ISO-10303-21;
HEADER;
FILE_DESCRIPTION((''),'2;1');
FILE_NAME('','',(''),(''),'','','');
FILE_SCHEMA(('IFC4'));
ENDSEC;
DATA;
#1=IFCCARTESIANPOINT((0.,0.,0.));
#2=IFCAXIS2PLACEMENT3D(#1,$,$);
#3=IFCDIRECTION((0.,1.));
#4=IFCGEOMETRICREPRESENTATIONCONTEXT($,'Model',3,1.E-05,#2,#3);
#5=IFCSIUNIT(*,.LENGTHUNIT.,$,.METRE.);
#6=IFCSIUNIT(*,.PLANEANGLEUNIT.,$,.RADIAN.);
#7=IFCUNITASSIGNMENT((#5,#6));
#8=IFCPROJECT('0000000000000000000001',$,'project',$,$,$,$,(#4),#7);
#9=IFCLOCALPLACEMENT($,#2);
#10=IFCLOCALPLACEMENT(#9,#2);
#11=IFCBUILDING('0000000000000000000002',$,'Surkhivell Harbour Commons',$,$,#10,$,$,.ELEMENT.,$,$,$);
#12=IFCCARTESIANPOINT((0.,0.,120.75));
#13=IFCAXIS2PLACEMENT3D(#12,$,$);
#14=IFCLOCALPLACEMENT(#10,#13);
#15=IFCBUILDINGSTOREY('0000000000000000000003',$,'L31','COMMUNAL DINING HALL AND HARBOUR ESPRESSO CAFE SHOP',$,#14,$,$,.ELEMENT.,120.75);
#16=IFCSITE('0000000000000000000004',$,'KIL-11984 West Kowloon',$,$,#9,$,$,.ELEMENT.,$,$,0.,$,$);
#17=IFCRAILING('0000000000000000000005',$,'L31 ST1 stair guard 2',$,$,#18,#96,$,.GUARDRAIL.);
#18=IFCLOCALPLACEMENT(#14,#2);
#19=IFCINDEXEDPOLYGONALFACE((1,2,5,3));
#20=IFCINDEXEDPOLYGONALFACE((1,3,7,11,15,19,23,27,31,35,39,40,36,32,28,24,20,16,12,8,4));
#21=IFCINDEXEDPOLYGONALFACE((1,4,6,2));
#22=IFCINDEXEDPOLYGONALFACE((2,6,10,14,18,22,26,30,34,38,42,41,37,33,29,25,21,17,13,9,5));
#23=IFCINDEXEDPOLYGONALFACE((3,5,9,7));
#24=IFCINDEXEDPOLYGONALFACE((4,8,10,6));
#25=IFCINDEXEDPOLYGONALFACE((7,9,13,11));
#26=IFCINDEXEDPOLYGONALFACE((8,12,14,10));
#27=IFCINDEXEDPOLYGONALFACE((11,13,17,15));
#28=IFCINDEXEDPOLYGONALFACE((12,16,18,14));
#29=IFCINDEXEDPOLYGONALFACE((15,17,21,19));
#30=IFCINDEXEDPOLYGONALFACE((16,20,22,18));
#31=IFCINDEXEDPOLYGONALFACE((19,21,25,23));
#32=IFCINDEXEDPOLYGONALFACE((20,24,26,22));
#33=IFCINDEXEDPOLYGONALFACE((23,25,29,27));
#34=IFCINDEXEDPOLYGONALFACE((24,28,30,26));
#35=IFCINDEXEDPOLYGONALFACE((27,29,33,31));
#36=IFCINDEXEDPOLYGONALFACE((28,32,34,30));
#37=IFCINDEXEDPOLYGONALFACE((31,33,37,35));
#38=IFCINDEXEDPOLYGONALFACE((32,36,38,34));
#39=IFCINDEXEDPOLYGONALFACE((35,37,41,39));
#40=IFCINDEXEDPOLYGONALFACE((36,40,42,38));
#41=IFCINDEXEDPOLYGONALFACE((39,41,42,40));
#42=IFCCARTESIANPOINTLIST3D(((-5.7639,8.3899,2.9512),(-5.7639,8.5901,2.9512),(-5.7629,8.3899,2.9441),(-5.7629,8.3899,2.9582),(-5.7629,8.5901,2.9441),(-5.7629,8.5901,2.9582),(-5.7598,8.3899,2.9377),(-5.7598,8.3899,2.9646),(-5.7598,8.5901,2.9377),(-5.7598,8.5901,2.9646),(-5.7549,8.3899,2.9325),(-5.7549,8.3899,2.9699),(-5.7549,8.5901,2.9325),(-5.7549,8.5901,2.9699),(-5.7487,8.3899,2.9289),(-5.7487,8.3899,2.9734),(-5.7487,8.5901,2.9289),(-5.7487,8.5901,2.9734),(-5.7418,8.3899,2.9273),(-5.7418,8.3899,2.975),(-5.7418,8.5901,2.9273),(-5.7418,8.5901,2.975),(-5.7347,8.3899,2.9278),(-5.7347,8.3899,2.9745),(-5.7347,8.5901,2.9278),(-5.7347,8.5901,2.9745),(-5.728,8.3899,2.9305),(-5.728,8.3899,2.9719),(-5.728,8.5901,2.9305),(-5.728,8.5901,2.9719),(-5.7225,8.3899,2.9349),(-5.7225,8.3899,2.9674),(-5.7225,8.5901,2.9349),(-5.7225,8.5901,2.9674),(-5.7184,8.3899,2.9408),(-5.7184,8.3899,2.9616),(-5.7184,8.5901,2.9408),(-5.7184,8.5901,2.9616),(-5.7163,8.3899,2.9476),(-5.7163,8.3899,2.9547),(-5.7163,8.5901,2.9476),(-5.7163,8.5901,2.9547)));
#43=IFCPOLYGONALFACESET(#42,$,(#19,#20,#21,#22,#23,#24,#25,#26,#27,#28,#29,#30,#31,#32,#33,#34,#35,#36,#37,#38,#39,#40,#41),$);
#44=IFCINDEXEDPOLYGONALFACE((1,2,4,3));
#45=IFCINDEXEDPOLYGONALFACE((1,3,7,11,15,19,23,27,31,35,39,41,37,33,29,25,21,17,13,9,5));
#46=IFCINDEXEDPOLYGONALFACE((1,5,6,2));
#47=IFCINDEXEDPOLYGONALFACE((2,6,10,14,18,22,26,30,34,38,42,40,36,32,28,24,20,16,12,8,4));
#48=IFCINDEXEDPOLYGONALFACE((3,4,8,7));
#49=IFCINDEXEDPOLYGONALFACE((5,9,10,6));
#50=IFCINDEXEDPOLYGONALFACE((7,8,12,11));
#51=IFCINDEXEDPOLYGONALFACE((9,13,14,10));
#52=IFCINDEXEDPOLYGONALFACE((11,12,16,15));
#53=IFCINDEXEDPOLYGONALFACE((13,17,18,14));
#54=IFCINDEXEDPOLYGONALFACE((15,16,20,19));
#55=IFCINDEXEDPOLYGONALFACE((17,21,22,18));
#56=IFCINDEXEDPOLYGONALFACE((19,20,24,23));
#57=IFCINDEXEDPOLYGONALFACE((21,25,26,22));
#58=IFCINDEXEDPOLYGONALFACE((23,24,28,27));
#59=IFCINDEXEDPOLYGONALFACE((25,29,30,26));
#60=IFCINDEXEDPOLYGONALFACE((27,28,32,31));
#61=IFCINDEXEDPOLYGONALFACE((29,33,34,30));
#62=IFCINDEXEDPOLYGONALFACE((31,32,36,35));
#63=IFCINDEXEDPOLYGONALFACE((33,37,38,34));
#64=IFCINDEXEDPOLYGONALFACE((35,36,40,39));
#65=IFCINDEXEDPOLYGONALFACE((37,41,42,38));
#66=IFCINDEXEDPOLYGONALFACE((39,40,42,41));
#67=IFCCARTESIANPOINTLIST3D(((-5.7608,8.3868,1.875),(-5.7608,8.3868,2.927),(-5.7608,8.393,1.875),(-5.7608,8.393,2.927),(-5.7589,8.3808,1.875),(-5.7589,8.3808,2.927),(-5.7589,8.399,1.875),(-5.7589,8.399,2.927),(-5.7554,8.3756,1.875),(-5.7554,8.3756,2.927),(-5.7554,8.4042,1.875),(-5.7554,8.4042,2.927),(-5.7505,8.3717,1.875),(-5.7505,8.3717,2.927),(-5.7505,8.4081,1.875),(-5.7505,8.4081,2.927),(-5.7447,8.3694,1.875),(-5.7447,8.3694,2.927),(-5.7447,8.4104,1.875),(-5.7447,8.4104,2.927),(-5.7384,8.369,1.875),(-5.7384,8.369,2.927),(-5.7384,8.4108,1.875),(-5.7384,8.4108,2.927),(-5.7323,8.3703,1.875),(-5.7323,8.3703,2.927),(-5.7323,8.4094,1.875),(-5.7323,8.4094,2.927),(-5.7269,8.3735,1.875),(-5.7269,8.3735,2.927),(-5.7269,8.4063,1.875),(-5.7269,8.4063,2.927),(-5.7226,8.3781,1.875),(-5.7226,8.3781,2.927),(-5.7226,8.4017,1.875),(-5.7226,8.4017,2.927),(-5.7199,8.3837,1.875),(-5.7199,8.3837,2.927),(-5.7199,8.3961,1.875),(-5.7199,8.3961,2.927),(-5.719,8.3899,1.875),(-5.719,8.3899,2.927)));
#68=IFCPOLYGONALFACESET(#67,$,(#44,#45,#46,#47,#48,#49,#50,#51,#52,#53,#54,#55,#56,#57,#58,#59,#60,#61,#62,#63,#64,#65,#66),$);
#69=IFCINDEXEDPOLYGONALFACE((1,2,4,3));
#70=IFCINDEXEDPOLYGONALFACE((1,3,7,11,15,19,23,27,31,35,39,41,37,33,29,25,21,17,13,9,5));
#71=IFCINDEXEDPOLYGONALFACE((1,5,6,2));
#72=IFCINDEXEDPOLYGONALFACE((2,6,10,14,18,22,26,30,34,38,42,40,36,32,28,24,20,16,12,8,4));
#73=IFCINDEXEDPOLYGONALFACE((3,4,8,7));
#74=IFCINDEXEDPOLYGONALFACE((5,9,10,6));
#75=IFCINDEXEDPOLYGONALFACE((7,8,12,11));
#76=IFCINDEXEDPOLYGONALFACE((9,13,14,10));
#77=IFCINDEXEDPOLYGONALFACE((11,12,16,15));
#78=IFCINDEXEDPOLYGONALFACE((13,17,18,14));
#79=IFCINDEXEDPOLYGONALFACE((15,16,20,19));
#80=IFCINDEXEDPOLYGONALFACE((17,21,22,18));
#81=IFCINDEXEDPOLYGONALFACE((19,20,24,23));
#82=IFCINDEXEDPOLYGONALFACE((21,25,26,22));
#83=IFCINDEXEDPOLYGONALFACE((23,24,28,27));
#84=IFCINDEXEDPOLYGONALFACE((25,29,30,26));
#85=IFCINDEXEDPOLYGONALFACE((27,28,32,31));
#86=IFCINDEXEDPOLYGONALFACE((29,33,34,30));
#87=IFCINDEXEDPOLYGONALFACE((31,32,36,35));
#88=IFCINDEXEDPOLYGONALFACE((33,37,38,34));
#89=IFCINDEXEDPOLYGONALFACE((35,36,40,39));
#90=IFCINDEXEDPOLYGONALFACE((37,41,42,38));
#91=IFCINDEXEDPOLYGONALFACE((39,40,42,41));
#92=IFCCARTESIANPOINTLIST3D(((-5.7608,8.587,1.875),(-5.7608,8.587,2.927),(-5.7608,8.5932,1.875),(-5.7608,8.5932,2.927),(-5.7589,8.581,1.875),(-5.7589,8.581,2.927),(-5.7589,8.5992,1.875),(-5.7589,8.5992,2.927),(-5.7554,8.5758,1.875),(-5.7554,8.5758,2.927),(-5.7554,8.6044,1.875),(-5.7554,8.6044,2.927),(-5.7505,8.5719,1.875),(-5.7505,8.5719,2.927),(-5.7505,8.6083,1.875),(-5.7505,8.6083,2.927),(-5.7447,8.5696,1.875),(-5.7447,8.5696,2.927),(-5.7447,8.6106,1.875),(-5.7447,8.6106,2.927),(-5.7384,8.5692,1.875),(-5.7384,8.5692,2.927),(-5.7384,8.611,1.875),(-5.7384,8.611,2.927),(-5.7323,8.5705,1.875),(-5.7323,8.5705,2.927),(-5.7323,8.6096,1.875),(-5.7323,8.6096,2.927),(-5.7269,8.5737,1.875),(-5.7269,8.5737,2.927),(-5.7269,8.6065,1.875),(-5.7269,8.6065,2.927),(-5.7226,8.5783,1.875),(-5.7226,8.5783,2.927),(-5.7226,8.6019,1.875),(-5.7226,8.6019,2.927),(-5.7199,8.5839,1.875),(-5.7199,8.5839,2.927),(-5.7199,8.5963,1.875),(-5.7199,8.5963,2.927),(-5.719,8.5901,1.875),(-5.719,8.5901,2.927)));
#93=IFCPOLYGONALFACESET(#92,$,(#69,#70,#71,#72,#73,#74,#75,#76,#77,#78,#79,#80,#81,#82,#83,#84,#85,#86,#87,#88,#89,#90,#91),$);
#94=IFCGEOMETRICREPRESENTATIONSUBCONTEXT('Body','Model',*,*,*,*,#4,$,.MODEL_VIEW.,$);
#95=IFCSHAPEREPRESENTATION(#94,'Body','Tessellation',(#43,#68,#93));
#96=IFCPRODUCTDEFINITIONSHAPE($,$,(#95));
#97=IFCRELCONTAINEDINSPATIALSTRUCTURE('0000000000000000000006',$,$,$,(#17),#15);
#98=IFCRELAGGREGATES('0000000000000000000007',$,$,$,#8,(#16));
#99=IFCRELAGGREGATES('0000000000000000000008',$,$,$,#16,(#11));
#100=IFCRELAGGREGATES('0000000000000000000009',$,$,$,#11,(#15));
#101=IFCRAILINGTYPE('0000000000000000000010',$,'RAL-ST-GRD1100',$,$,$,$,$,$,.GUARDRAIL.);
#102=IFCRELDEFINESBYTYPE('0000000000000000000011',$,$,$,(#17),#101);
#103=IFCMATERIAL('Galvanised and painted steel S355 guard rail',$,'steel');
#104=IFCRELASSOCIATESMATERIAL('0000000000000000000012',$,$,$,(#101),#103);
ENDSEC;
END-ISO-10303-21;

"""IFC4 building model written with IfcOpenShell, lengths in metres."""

from ifc_helpers import new_model, si_unit, direction, frame, origin, origin_2d, place, context, subcontext, project, spatial, circle, extrude, material, type_object, element, save


model = new_model("IFC4")

# Units and contexts
model_context = context("Model", 3, precision=1e-05, world=origin(), true_north=direction((0.0, 1.0)))
body_context = subcontext(model_context, "Body", "Model", "MODEL_VIEW")
ifc_project = project(units=[si_unit("LENGTHUNIT", "METRE"), si_unit("PLANEANGLEUNIT", "RADIAN")], contexts=[model_context])

# Site, building, storey
site_placement = place(None, origin())
site = spatial("IfcSite", under=ifc_project, at=site_placement, Name="KIL-11984 West Kowloon", CompositionType="ELEMENT", RefElevation=0.0)
building_placement = place(site_placement, origin())
building = spatial("IfcBuilding", under=site, at=building_placement, Name="Surkhivell Harbour Commons", CompositionType="ELEMENT")
storey_placement = place(building_placement, frame((0.0, 0.0, 120.75)))
storey = spatial("IfcBuildingStorey", under=building, at=storey_placement, Name="L31", Description="COMMUNAL DINING HALL AND HARBOUR ESPRESSO CAFE SHOP", CompositionType="ELEMENT", Elevation=120.75)

# Railing
ifc_material_1 = material(Name="Galvanised and painted steel S355 guard rail", Category="steel")
railing_type_1 = type_object("IfcRailingType", Name="RAL-ST-GRD1100", PredefinedType="GUARDRAIL", material=ifc_material_1)
railing_1_placement = place(storey_placement, frame((-5.74, 8.3899, 1.875)))
element("IfcRailing", 1, at=railing_1_placement, inside=storey, type_object=railing_type_1, Name="L31 ST1 stair guard 2", PredefinedType="GUARDRAIL", context=body_context, shape_type="SweptSolid", body=[
    extrude(circle(Radius=0.0239, at=origin_2d()), frame((0.0, 0.0, 1.0762), z_axis=(0.0, 1.0, 0.0), x_axis=(-1.0, 0.0, 0.0)), (0.0, 0.0, 1.0), 0.2002),
    extrude(circle(Radius=0.021, at=origin_2d()), origin(), (0.0, 0.0, 1.0), 1.052),
    extrude(circle(Radius=0.021, at=origin_2d()), frame((0.0, 0.2002, 0.0)), (0.0, 0.0, 1.0), 1.052),
])

save(model, "model.ifc")
